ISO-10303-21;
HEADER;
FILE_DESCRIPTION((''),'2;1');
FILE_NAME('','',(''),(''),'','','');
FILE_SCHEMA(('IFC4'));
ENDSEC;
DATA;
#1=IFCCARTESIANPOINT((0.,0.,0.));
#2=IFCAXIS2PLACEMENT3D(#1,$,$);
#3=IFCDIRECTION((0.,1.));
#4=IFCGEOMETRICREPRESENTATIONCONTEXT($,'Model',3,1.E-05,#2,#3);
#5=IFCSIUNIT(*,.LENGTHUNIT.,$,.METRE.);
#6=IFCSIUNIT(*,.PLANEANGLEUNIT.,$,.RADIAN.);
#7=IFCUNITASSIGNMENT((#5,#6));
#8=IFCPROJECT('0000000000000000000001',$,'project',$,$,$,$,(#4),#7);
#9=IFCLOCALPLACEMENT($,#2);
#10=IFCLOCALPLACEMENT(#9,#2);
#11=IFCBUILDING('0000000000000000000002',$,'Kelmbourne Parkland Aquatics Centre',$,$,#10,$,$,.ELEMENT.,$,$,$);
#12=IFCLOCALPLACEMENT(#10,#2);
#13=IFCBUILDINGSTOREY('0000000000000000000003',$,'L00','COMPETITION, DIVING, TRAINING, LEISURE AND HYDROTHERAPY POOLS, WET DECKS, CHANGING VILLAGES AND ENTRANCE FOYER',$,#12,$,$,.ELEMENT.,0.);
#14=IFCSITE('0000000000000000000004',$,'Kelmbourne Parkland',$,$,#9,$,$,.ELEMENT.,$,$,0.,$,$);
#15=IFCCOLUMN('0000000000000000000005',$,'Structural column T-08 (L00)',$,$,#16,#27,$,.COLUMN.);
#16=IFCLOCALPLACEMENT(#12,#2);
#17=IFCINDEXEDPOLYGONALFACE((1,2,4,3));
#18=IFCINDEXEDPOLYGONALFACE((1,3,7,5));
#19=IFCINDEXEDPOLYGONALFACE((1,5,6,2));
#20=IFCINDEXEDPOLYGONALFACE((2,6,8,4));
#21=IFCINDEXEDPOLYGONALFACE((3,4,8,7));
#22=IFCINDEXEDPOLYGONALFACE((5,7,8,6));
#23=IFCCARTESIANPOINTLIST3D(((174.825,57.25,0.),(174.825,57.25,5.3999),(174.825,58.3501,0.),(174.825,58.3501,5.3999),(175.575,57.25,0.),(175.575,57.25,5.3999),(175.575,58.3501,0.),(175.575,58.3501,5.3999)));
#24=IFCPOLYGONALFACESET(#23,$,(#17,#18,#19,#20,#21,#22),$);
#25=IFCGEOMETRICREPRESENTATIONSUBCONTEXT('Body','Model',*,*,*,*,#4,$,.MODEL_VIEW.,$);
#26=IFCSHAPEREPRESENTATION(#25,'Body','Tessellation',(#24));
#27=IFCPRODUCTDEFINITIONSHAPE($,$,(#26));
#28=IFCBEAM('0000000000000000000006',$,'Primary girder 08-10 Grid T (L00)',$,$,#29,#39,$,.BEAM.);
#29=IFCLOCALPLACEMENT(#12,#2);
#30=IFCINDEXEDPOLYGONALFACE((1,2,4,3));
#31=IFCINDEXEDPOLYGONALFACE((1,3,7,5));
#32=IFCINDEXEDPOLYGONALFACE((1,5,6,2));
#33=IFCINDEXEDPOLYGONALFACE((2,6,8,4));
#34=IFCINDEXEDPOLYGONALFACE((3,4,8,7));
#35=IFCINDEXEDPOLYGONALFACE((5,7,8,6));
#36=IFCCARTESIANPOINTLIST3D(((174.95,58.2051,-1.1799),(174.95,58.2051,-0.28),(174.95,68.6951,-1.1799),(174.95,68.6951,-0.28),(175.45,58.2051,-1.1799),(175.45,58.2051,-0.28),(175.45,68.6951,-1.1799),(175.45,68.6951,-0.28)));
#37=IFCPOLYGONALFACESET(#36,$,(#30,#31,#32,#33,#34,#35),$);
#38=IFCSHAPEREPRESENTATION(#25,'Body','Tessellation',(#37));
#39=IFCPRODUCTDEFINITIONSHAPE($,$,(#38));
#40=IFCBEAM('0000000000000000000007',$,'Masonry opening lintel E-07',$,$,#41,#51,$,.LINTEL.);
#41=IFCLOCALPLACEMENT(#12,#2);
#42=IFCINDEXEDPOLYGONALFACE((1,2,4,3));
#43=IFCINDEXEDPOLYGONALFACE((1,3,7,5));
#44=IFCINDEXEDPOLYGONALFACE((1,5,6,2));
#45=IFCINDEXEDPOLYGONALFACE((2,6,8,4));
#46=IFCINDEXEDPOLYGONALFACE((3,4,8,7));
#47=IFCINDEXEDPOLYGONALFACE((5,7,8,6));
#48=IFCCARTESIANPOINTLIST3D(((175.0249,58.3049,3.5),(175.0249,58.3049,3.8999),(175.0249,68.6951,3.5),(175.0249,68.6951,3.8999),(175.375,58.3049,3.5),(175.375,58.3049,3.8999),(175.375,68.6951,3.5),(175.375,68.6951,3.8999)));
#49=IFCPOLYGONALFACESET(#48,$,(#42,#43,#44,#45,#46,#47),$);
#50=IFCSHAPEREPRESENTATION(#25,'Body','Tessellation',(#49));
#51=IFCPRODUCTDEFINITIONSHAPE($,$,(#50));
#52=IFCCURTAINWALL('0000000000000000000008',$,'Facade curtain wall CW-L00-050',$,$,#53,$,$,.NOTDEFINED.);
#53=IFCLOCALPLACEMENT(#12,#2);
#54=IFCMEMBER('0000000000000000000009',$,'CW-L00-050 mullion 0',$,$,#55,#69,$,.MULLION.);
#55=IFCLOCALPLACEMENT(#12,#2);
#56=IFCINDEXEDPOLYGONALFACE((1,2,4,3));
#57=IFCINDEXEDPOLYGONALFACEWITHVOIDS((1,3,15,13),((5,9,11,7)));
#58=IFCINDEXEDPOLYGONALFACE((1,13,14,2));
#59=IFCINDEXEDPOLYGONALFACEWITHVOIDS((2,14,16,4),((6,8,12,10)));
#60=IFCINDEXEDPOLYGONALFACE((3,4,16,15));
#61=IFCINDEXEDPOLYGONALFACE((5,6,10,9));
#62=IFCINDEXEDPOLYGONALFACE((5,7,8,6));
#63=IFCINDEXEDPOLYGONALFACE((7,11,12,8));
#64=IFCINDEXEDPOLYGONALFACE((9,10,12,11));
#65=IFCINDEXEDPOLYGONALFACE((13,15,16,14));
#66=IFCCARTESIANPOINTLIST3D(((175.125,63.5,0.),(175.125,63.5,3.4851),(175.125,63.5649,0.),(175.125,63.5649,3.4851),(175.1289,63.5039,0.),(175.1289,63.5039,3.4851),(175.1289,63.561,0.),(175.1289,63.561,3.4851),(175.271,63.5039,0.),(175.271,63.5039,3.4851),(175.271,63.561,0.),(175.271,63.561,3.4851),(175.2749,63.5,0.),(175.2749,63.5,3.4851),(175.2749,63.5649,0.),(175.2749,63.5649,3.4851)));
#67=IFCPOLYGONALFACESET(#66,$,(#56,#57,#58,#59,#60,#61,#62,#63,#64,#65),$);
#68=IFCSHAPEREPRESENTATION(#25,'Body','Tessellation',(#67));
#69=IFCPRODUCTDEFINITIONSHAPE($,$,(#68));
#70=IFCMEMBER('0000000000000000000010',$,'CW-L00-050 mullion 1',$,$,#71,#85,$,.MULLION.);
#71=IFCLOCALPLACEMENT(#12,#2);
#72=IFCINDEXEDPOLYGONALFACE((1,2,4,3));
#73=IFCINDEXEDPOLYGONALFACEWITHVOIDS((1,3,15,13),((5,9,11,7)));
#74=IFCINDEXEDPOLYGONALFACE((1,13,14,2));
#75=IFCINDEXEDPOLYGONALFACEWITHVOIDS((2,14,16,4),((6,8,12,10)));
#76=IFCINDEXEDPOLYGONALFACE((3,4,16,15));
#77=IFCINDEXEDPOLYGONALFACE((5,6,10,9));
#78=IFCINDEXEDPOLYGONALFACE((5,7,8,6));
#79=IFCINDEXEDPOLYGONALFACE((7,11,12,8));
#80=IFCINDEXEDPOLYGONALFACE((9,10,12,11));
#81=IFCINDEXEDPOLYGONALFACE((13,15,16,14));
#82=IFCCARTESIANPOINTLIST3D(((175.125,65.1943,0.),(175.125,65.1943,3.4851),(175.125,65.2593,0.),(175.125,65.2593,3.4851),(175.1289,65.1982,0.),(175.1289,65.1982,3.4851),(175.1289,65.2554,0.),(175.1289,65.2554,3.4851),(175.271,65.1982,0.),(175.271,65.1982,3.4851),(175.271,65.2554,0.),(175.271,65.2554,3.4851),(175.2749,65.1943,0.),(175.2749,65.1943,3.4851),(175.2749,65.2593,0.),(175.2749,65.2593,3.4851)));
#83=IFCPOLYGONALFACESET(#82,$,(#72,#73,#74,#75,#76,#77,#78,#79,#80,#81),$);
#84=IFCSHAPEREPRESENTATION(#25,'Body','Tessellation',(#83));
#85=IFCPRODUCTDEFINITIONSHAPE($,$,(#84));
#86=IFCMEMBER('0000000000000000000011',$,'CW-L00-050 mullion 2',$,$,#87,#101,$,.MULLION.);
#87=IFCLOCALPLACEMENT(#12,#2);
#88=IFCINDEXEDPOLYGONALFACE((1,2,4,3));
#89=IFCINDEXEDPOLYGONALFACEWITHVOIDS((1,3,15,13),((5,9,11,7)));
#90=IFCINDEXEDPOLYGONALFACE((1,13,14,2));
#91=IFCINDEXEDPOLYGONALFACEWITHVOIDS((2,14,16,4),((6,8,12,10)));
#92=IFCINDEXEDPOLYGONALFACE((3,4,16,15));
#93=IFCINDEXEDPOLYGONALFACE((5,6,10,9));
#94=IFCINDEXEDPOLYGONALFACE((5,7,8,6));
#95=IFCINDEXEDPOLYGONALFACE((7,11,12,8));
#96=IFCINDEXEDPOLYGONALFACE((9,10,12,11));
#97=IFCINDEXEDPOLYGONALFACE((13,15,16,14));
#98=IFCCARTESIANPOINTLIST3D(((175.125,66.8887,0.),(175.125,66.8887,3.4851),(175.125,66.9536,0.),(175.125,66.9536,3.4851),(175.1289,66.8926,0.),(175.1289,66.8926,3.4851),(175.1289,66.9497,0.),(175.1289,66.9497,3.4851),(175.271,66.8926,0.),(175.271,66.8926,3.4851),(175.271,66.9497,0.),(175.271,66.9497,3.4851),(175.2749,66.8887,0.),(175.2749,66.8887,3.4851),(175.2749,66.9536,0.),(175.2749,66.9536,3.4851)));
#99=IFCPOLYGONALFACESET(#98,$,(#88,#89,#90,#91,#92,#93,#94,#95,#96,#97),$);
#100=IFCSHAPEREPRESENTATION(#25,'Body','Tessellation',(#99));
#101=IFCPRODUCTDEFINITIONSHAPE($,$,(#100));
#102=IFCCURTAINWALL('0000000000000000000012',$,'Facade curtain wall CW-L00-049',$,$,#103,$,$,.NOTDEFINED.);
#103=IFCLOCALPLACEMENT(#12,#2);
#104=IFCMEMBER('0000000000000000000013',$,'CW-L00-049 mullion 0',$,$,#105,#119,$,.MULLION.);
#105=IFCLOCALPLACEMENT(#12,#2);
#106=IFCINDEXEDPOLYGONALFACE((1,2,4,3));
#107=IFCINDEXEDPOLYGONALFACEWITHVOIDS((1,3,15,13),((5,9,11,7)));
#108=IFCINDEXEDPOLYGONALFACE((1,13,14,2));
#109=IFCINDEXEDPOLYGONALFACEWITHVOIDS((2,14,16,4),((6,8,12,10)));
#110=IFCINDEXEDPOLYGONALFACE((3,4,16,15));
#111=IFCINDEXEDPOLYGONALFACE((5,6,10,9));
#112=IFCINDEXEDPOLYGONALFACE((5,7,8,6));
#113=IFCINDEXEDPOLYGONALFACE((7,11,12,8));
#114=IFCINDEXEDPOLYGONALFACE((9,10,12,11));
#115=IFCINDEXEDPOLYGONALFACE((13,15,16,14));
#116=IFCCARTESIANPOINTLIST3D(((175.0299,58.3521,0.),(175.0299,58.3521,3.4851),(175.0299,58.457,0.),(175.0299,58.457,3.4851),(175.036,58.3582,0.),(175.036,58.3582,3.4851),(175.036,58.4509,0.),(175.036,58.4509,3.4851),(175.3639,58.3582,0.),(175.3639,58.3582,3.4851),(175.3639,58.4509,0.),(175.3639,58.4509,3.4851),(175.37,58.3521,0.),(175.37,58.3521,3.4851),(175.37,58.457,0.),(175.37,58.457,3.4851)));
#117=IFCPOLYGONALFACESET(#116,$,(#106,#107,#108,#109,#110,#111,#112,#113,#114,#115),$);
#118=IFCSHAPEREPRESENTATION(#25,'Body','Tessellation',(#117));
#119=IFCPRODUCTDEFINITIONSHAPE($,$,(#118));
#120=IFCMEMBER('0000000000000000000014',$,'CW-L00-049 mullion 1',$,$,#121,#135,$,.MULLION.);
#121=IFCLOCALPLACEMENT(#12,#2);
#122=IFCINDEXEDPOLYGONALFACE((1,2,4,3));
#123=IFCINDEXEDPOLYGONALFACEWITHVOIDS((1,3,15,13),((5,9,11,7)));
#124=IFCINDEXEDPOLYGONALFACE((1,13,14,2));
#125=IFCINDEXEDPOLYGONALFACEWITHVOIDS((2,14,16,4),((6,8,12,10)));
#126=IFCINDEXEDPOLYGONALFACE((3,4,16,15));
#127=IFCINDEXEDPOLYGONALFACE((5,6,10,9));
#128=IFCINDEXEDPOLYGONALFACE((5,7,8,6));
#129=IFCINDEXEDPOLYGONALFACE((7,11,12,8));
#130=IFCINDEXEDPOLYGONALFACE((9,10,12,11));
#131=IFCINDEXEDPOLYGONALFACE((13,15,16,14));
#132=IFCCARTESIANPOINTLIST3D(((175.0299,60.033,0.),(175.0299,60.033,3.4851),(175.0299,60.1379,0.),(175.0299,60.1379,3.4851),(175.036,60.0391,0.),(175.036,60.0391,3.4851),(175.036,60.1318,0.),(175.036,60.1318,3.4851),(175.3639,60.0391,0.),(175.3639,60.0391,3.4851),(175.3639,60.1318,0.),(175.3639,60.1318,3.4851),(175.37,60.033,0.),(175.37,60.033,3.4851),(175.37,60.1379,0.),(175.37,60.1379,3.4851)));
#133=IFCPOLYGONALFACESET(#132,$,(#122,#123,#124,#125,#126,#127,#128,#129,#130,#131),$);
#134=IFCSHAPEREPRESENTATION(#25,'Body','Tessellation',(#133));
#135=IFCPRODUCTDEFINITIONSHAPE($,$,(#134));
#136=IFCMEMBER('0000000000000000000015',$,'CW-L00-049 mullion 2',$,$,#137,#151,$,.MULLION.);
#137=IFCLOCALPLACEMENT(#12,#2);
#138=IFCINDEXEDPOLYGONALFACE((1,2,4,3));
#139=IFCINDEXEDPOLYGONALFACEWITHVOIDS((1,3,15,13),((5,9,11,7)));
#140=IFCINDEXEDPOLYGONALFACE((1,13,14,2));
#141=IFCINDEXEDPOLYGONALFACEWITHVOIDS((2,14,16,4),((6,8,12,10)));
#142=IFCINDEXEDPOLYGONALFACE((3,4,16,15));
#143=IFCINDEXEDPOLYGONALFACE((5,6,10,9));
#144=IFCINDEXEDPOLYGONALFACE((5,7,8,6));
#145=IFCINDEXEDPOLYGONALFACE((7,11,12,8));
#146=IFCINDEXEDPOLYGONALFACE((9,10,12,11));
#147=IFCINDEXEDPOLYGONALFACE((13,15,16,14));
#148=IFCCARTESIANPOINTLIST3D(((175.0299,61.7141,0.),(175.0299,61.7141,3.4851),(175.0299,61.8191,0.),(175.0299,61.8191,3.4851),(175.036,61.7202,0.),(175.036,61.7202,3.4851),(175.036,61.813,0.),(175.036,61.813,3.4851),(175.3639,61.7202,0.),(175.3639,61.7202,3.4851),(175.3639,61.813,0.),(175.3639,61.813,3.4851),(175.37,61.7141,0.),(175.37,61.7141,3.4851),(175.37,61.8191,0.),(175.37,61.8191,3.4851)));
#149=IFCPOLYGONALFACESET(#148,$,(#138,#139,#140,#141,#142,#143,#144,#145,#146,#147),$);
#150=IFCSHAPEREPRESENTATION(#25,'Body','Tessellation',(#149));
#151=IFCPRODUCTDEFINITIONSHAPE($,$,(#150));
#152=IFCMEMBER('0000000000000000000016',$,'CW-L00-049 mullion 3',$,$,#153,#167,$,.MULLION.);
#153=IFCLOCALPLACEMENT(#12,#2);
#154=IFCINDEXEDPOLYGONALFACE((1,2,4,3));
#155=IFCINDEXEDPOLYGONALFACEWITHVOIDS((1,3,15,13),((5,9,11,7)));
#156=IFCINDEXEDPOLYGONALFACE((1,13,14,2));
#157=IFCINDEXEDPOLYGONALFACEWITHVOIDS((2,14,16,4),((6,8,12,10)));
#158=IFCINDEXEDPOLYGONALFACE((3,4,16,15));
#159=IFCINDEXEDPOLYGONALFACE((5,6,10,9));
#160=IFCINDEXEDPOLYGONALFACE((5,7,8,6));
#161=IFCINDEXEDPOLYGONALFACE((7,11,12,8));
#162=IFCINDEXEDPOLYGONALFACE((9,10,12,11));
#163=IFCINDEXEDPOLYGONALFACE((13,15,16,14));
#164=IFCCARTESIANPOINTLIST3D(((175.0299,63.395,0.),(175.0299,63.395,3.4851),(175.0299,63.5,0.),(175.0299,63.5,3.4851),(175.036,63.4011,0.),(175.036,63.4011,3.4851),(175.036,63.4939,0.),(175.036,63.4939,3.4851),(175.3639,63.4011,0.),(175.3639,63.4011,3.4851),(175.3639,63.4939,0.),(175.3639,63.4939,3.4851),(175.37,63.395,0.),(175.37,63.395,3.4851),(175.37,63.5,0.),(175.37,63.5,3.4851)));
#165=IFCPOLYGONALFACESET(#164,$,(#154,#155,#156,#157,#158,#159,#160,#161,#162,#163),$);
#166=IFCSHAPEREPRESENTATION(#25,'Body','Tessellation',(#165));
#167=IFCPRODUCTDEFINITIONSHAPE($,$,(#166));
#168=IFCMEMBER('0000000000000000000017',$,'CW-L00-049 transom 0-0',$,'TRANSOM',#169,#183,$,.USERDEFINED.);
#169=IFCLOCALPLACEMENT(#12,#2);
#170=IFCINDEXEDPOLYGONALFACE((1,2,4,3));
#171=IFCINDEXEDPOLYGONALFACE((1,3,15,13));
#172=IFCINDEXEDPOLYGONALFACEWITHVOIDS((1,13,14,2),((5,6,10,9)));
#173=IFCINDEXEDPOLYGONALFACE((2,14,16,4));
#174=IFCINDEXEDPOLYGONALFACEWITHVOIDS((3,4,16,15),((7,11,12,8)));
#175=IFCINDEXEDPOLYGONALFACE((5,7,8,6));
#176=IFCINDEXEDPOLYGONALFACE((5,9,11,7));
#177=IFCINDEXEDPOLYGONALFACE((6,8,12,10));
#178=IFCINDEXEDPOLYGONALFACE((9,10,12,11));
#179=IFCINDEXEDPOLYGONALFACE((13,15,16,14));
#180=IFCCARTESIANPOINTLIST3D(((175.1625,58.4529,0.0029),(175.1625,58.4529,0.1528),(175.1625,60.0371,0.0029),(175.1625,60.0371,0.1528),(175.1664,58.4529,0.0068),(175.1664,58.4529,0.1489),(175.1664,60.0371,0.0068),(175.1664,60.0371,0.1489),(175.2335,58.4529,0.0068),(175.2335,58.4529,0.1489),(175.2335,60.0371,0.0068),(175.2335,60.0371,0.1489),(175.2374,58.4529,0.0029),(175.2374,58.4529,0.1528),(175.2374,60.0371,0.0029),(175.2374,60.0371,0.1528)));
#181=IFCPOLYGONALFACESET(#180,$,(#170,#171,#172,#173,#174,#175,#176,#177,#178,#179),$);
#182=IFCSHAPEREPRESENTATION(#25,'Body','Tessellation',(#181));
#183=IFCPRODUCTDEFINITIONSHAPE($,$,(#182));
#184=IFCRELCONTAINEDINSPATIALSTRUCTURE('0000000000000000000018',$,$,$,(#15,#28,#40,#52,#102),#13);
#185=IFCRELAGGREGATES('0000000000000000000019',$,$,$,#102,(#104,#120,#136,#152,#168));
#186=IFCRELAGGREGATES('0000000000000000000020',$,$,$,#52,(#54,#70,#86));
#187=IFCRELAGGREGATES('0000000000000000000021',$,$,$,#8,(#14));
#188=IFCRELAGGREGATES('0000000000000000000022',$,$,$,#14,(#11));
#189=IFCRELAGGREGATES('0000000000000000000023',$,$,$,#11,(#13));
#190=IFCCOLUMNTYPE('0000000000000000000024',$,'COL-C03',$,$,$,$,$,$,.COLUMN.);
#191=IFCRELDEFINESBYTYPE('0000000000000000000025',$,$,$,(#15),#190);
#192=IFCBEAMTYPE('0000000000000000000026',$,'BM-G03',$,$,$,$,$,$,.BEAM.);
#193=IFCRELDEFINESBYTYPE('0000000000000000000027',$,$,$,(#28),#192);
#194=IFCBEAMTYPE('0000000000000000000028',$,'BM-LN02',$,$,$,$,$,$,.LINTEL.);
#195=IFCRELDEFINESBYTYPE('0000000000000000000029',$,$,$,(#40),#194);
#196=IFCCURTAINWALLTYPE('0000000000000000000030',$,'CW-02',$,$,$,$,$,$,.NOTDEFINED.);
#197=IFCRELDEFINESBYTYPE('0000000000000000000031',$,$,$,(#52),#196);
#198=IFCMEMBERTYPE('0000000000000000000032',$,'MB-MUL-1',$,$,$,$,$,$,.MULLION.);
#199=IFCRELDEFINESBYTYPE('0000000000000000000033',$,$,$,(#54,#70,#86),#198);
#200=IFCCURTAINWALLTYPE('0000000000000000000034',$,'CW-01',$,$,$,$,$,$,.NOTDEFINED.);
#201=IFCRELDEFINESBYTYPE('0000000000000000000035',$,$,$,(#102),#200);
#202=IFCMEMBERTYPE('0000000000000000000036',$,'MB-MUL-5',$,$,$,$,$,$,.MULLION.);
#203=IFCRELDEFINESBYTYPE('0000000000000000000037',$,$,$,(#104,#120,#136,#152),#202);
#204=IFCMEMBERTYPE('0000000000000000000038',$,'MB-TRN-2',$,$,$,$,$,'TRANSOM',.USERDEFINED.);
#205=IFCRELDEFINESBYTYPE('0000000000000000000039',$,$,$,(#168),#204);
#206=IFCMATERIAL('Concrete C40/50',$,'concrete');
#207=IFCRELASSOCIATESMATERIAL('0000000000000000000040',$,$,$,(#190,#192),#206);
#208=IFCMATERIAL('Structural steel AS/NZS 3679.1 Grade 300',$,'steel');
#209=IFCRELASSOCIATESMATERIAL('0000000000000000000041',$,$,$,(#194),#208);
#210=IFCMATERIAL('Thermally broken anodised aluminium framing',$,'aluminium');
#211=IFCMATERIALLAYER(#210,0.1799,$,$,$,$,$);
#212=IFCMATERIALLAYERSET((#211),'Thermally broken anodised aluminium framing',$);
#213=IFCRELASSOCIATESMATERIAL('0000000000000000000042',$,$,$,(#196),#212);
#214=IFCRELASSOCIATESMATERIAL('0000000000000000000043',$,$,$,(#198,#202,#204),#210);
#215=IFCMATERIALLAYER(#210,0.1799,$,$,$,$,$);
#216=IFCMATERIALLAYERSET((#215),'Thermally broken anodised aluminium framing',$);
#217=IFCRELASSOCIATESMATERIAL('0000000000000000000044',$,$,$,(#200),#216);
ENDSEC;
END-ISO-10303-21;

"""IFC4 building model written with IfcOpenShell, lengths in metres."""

from ifc_helpers import new_model, si_unit, direction, frame, origin, origin_2d, place, context, subcontext, project, spatial, rectangle, hollow_rectangle, extrude, material, layer, layer_set, material_profile, profile_set, type_object, element, aggregate, save


model = new_model("IFC4")

# Units and contexts
model_context = context("Model", 3, precision=1e-05, world=origin(), true_north=direction((0.0, 1.0)))
body_context = subcontext(model_context, "Body", "Model", "MODEL_VIEW")
ifc_project = project(units=[si_unit("LENGTHUNIT", "METRE"), si_unit("PLANEANGLEUNIT", "RADIAN")], contexts=[model_context])

# Site, building, storey
site_placement = place(None, origin())
site = spatial("IfcSite", under=ifc_project, at=site_placement, Name="Kelmbourne Parkland", CompositionType="ELEMENT", RefElevation=0.0)
building_placement = place(site_placement, origin())
building = spatial("IfcBuilding", under=site, at=building_placement, Name="Kelmbourne Parkland Aquatics Centre", CompositionType="ELEMENT")
storey_placement = place(building_placement, origin())
storey = spatial("IfcBuildingStorey", under=building, at=storey_placement, Name="L00", Description="COMPETITION, DIVING, TRAINING, LEISURE AND HYDROTHERAPY POOLS, WET DECKS, CHANGING VILLAGES AND ENTRANCE FOYER", CompositionType="ELEMENT", Elevation=0.0)

# Column
ifc_material_1 = material(Name="Concrete C40/50", Category="concrete")
ifc_material_profile_1 = material_profile(ifc_material_1, rectangle(XDim=0.75, YDim=1.1001, at=origin_2d()), Name="RC 750x1100")
ifc_profile_set_1 = profile_set([ifc_material_profile_1], Name="Concrete C40/50")
column_type = type_object("IfcColumnType", Name="COL-C03", PredefinedType="COLUMN", material=ifc_profile_set_1)
column_placement = place(storey_placement, frame((175.2, 57.8, 0.0), z_axis=(0.0, 0.0, 1.0), x_axis=(1.0, 0.0, 0.0)))
element("IfcColumn", 1, at=column_placement, inside=storey, type_object=column_type, Name="Structural column T-08 (L00)", PredefinedType="COLUMN", context=body_context, shape_type="SweptSolid", body=[
    extrude(rectangle(XDim=0.75, YDim=1.1001, at=origin_2d()), origin(), (0.0, 0.0, 1.0), 5.3999),
])

# Beams
ifc_material_profile_2 = material_profile(ifc_material_1, rectangle(XDim=0.5, YDim=0.8999, at=origin_2d()), Name="RC 500x900")
ifc_profile_set_2 = profile_set([ifc_material_profile_2], Name="Concrete C40/50")
beam_type_1 = type_object("IfcBeamType", Name="BM-G03", PredefinedType="BEAM", material=ifc_profile_set_2)
beam_1_placement = place(storey_placement, frame((175.2, 58.2051, -0.73), z_axis=(0.0, 1.0, 0.0), x_axis=(-1.0, 0.0, 0.0)))
element("IfcBeam", 2, at=beam_1_placement, inside=storey, type_object=beam_type_1, Name="Primary girder 08-10 Grid T (L00)", PredefinedType="BEAM", context=body_context, shape_type="SweptSolid", body=[
    extrude(rectangle(XDim=0.5, YDim=0.8999, at=origin_2d()), origin(), (0.0, 0.0, 1.0), 10.49),
])
ifc_material_2 = material(Name="Structural steel AS/NZS 3679.1 Grade 300", Category="steel")
ifc_material_profile_3 = material_profile(ifc_material_2, rectangle(XDim=0.3501, YDim=0.3999, at=origin_2d()), Name="LNT 350x400")
ifc_profile_set_3 = profile_set([ifc_material_profile_3], Name="Structural steel AS/NZS 3679.1 Grade 300")
beam_type_2 = type_object("IfcBeamType", Name="BM-LN02", PredefinedType="LINTEL", material=ifc_profile_set_3)
beam_2_placement = place(storey_placement, frame((175.2, 58.3049, 3.7), z_axis=(0.0, 1.0, 0.0), x_axis=(-1.0, 0.0, 0.0)))
element("IfcBeam", 3, at=beam_2_placement, inside=storey, type_object=beam_type_2, Name="Masonry opening lintel E-07", PredefinedType="LINTEL", context=body_context, shape_type="SweptSolid", body=[
    extrude(rectangle(XDim=0.3501, YDim=0.3999, at=origin_2d()), origin(), (0.0, 0.0, 1.0), 10.3901),
])

# Curtain walls, members
ifc_material_3 = material(Name="Thermally broken anodised aluminium framing", Category="aluminium")
ifc_layer_1 = layer(ifc_material_3, 0.1799)
ifc_layer_set_1 = layer_set([ifc_layer_1], Name="Thermally broken anodised aluminium framing")
curtain_wall_type_1 = type_object("IfcCurtainWallType", Name="CW-02", PredefinedType="NOTDEFINED", material=ifc_layer_set_1)
curtain_wall_1_placement = place(storey_placement, origin())
curtain_wall_1 = element("IfcCurtainWall", 4, at=curtain_wall_1_placement, inside=storey, type_object=curtain_wall_type_1, Name="Facade curtain wall CW-L00-050", PredefinedType="NOTDEFINED")
ifc_material_profile_4 = material_profile(ifc_material_3, hollow_rectangle(XDim=0.0649, YDim=0.1499, WallThickness=0.0039, at=origin_2d()), Name="CW-M 65x150")
ifc_profile_set_4 = profile_set([ifc_material_profile_4], Name="Thermally broken anodised aluminium framing")
member_type_1 = type_object("IfcMemberType", Name="MB-MUL-1", PredefinedType="MULLION", material=ifc_profile_set_4)
member_1_placement = place(storey_placement, frame((175.2, 63.5325, 0.0), z_axis=(0.0, 0.0, 1.0), x_axis=(0.0, 1.0, 0.0)))
member_1 = element("IfcMember", 5, at=member_1_placement, type_object=member_type_1, Name="CW-L00-050 mullion 0", PredefinedType="MULLION", context=body_context, shape_type="SweptSolid", body=[
    extrude(hollow_rectangle(XDim=0.0649, YDim=0.1499, WallThickness=0.0039, at=origin_2d()), origin(), (0.0, 0.0, 1.0), 3.4851),
])
member_2_placement = place(storey_placement, frame((175.2, 65.2268, 0.0), z_axis=(0.0, 0.0, 1.0), x_axis=(0.0, 1.0, 0.0)))
member_2 = element("IfcMember", 6, at=member_2_placement, type_object=member_type_1, Name="CW-L00-050 mullion 1", PredefinedType="MULLION", context=body_context, shape_type="SweptSolid", body=[
    extrude(hollow_rectangle(XDim=0.0649, YDim=0.1499, WallThickness=0.0039, at=origin_2d()), origin(), (0.0, 0.0, 1.0), 3.4851),
])
member_3_placement = place(storey_placement, frame((175.2, 66.9211, 0.0), z_axis=(0.0, 0.0, 1.0), x_axis=(0.0, 1.0, 0.0)))
member_3 = element("IfcMember", 7, at=member_3_placement, type_object=member_type_1, Name="CW-L00-050 mullion 2", PredefinedType="MULLION", context=body_context, shape_type="SweptSolid", body=[
    extrude(hollow_rectangle(XDim=0.0649, YDim=0.1499, WallThickness=0.0039, at=origin_2d()), origin(), (0.0, 0.0, 1.0), 3.4851),
])
ifc_layer_2 = layer(ifc_material_3, 0.1799)
ifc_layer_set_2 = layer_set([ifc_layer_2], Name="Thermally broken anodised aluminium framing")
curtain_wall_type_2 = type_object("IfcCurtainWallType", Name="CW-01", PredefinedType="NOTDEFINED", material=ifc_layer_set_2)
curtain_wall_2_placement = place(storey_placement, origin())
curtain_wall_2 = element("IfcCurtainWall", 8, at=curtain_wall_2_placement, inside=storey, type_object=curtain_wall_type_2, Name="Facade curtain wall CW-L00-049", PredefinedType="NOTDEFINED")
ifc_material_profile_5 = material_profile(ifc_material_3, hollow_rectangle(XDim=0.105, YDim=0.3401, WallThickness=0.0061, at=origin_2d()), Name="CW-M 105x340")
ifc_profile_set_5 = profile_set([ifc_material_profile_5], Name="Thermally broken anodised aluminium framing")
member_type_2 = type_object("IfcMemberType", Name="MB-MUL-5", PredefinedType="MULLION", material=ifc_profile_set_5)
member_4_placement = place(storey_placement, frame((175.2, 58.4045, 0.0), z_axis=(0.0, 0.0, 1.0), x_axis=(0.0, 1.0, 0.0)))
member_4 = element("IfcMember", 9, at=member_4_placement, type_object=member_type_2, Name="CW-L00-049 mullion 0", PredefinedType="MULLION", context=body_context, shape_type="SweptSolid", body=[
    extrude(hollow_rectangle(XDim=0.105, YDim=0.3401, WallThickness=0.0061, at=origin_2d()), origin(), (0.0, 0.0, 1.0), 3.4851),
])
member_5_placement = place(storey_placement, frame((175.2, 60.0854, 0.0), z_axis=(0.0, 0.0, 1.0), x_axis=(0.0, 1.0, 0.0)))
member_5 = element("IfcMember", 10, at=member_5_placement, type_object=member_type_2, Name="CW-L00-049 mullion 1", PredefinedType="MULLION", context=body_context, shape_type="SweptSolid", body=[
    extrude(hollow_rectangle(XDim=0.105, YDim=0.3401, WallThickness=0.0061, at=origin_2d()), origin(), (0.0, 0.0, 1.0), 3.4851),
])
member_6_placement = place(storey_placement, frame((175.2, 61.7666, 0.0), z_axis=(0.0, 0.0, 1.0), x_axis=(0.0, 1.0, 0.0)))
member_6 = element("IfcMember", 11, at=member_6_placement, type_object=member_type_2, Name="CW-L00-049 mullion 2", PredefinedType="MULLION", context=body_context, shape_type="SweptSolid", body=[
    extrude(hollow_rectangle(XDim=0.105, YDim=0.3401, WallThickness=0.0061, at=origin_2d()), origin(), (0.0, 0.0, 1.0), 3.4851),
])
member_7_placement = place(storey_placement, frame((175.2, 63.4475, 0.0), z_axis=(0.0, 0.0, 1.0), x_axis=(0.0, 1.0, 0.0)))
member_7 = element("IfcMember", 12, at=member_7_placement, type_object=member_type_2, Name="CW-L00-049 mullion 3", PredefinedType="MULLION", context=body_context, shape_type="SweptSolid", body=[
    extrude(hollow_rectangle(XDim=0.105, YDim=0.3401, WallThickness=0.0061, at=origin_2d()), origin(), (0.0, 0.0, 1.0), 3.4851),
])
ifc_material_profile_6 = material_profile(ifc_material_3, hollow_rectangle(XDim=0.075, YDim=0.1499, WallThickness=0.0039, at=origin_2d()), Name="CW-T 75x150")
ifc_profile_set_6 = profile_set([ifc_material_profile_6], Name="Thermally broken anodised aluminium framing")
member_type_3 = type_object("IfcMemberType", Name="MB-TRN-2", ElementType="TRANSOM", PredefinedType="USERDEFINED", material=ifc_profile_set_6)
member_8_placement = place(storey_placement, frame((175.2, 58.4529, 0.0779), z_axis=(0.0, 1.0, 0.0), x_axis=(-1.0, 0.0, 0.0)))
member_8 = element("IfcMember", 13, at=member_8_placement, type_object=member_type_3, Name="CW-L00-049 transom 0-0", ObjectType="TRANSOM", PredefinedType="USERDEFINED", context=body_context, shape_type="SweptSolid", body=[
    extrude(hollow_rectangle(XDim=0.075, YDim=0.1499, WallThickness=0.0039, at=origin_2d()), origin(), (0.0, 0.0, 1.0), 1.5842),
])

aggregate(curtain_wall_2, [member_4, member_5, member_6, member_7, member_8])
aggregate(curtain_wall_1, [member_1, member_2, member_3])

save(model, "model.ifc")
